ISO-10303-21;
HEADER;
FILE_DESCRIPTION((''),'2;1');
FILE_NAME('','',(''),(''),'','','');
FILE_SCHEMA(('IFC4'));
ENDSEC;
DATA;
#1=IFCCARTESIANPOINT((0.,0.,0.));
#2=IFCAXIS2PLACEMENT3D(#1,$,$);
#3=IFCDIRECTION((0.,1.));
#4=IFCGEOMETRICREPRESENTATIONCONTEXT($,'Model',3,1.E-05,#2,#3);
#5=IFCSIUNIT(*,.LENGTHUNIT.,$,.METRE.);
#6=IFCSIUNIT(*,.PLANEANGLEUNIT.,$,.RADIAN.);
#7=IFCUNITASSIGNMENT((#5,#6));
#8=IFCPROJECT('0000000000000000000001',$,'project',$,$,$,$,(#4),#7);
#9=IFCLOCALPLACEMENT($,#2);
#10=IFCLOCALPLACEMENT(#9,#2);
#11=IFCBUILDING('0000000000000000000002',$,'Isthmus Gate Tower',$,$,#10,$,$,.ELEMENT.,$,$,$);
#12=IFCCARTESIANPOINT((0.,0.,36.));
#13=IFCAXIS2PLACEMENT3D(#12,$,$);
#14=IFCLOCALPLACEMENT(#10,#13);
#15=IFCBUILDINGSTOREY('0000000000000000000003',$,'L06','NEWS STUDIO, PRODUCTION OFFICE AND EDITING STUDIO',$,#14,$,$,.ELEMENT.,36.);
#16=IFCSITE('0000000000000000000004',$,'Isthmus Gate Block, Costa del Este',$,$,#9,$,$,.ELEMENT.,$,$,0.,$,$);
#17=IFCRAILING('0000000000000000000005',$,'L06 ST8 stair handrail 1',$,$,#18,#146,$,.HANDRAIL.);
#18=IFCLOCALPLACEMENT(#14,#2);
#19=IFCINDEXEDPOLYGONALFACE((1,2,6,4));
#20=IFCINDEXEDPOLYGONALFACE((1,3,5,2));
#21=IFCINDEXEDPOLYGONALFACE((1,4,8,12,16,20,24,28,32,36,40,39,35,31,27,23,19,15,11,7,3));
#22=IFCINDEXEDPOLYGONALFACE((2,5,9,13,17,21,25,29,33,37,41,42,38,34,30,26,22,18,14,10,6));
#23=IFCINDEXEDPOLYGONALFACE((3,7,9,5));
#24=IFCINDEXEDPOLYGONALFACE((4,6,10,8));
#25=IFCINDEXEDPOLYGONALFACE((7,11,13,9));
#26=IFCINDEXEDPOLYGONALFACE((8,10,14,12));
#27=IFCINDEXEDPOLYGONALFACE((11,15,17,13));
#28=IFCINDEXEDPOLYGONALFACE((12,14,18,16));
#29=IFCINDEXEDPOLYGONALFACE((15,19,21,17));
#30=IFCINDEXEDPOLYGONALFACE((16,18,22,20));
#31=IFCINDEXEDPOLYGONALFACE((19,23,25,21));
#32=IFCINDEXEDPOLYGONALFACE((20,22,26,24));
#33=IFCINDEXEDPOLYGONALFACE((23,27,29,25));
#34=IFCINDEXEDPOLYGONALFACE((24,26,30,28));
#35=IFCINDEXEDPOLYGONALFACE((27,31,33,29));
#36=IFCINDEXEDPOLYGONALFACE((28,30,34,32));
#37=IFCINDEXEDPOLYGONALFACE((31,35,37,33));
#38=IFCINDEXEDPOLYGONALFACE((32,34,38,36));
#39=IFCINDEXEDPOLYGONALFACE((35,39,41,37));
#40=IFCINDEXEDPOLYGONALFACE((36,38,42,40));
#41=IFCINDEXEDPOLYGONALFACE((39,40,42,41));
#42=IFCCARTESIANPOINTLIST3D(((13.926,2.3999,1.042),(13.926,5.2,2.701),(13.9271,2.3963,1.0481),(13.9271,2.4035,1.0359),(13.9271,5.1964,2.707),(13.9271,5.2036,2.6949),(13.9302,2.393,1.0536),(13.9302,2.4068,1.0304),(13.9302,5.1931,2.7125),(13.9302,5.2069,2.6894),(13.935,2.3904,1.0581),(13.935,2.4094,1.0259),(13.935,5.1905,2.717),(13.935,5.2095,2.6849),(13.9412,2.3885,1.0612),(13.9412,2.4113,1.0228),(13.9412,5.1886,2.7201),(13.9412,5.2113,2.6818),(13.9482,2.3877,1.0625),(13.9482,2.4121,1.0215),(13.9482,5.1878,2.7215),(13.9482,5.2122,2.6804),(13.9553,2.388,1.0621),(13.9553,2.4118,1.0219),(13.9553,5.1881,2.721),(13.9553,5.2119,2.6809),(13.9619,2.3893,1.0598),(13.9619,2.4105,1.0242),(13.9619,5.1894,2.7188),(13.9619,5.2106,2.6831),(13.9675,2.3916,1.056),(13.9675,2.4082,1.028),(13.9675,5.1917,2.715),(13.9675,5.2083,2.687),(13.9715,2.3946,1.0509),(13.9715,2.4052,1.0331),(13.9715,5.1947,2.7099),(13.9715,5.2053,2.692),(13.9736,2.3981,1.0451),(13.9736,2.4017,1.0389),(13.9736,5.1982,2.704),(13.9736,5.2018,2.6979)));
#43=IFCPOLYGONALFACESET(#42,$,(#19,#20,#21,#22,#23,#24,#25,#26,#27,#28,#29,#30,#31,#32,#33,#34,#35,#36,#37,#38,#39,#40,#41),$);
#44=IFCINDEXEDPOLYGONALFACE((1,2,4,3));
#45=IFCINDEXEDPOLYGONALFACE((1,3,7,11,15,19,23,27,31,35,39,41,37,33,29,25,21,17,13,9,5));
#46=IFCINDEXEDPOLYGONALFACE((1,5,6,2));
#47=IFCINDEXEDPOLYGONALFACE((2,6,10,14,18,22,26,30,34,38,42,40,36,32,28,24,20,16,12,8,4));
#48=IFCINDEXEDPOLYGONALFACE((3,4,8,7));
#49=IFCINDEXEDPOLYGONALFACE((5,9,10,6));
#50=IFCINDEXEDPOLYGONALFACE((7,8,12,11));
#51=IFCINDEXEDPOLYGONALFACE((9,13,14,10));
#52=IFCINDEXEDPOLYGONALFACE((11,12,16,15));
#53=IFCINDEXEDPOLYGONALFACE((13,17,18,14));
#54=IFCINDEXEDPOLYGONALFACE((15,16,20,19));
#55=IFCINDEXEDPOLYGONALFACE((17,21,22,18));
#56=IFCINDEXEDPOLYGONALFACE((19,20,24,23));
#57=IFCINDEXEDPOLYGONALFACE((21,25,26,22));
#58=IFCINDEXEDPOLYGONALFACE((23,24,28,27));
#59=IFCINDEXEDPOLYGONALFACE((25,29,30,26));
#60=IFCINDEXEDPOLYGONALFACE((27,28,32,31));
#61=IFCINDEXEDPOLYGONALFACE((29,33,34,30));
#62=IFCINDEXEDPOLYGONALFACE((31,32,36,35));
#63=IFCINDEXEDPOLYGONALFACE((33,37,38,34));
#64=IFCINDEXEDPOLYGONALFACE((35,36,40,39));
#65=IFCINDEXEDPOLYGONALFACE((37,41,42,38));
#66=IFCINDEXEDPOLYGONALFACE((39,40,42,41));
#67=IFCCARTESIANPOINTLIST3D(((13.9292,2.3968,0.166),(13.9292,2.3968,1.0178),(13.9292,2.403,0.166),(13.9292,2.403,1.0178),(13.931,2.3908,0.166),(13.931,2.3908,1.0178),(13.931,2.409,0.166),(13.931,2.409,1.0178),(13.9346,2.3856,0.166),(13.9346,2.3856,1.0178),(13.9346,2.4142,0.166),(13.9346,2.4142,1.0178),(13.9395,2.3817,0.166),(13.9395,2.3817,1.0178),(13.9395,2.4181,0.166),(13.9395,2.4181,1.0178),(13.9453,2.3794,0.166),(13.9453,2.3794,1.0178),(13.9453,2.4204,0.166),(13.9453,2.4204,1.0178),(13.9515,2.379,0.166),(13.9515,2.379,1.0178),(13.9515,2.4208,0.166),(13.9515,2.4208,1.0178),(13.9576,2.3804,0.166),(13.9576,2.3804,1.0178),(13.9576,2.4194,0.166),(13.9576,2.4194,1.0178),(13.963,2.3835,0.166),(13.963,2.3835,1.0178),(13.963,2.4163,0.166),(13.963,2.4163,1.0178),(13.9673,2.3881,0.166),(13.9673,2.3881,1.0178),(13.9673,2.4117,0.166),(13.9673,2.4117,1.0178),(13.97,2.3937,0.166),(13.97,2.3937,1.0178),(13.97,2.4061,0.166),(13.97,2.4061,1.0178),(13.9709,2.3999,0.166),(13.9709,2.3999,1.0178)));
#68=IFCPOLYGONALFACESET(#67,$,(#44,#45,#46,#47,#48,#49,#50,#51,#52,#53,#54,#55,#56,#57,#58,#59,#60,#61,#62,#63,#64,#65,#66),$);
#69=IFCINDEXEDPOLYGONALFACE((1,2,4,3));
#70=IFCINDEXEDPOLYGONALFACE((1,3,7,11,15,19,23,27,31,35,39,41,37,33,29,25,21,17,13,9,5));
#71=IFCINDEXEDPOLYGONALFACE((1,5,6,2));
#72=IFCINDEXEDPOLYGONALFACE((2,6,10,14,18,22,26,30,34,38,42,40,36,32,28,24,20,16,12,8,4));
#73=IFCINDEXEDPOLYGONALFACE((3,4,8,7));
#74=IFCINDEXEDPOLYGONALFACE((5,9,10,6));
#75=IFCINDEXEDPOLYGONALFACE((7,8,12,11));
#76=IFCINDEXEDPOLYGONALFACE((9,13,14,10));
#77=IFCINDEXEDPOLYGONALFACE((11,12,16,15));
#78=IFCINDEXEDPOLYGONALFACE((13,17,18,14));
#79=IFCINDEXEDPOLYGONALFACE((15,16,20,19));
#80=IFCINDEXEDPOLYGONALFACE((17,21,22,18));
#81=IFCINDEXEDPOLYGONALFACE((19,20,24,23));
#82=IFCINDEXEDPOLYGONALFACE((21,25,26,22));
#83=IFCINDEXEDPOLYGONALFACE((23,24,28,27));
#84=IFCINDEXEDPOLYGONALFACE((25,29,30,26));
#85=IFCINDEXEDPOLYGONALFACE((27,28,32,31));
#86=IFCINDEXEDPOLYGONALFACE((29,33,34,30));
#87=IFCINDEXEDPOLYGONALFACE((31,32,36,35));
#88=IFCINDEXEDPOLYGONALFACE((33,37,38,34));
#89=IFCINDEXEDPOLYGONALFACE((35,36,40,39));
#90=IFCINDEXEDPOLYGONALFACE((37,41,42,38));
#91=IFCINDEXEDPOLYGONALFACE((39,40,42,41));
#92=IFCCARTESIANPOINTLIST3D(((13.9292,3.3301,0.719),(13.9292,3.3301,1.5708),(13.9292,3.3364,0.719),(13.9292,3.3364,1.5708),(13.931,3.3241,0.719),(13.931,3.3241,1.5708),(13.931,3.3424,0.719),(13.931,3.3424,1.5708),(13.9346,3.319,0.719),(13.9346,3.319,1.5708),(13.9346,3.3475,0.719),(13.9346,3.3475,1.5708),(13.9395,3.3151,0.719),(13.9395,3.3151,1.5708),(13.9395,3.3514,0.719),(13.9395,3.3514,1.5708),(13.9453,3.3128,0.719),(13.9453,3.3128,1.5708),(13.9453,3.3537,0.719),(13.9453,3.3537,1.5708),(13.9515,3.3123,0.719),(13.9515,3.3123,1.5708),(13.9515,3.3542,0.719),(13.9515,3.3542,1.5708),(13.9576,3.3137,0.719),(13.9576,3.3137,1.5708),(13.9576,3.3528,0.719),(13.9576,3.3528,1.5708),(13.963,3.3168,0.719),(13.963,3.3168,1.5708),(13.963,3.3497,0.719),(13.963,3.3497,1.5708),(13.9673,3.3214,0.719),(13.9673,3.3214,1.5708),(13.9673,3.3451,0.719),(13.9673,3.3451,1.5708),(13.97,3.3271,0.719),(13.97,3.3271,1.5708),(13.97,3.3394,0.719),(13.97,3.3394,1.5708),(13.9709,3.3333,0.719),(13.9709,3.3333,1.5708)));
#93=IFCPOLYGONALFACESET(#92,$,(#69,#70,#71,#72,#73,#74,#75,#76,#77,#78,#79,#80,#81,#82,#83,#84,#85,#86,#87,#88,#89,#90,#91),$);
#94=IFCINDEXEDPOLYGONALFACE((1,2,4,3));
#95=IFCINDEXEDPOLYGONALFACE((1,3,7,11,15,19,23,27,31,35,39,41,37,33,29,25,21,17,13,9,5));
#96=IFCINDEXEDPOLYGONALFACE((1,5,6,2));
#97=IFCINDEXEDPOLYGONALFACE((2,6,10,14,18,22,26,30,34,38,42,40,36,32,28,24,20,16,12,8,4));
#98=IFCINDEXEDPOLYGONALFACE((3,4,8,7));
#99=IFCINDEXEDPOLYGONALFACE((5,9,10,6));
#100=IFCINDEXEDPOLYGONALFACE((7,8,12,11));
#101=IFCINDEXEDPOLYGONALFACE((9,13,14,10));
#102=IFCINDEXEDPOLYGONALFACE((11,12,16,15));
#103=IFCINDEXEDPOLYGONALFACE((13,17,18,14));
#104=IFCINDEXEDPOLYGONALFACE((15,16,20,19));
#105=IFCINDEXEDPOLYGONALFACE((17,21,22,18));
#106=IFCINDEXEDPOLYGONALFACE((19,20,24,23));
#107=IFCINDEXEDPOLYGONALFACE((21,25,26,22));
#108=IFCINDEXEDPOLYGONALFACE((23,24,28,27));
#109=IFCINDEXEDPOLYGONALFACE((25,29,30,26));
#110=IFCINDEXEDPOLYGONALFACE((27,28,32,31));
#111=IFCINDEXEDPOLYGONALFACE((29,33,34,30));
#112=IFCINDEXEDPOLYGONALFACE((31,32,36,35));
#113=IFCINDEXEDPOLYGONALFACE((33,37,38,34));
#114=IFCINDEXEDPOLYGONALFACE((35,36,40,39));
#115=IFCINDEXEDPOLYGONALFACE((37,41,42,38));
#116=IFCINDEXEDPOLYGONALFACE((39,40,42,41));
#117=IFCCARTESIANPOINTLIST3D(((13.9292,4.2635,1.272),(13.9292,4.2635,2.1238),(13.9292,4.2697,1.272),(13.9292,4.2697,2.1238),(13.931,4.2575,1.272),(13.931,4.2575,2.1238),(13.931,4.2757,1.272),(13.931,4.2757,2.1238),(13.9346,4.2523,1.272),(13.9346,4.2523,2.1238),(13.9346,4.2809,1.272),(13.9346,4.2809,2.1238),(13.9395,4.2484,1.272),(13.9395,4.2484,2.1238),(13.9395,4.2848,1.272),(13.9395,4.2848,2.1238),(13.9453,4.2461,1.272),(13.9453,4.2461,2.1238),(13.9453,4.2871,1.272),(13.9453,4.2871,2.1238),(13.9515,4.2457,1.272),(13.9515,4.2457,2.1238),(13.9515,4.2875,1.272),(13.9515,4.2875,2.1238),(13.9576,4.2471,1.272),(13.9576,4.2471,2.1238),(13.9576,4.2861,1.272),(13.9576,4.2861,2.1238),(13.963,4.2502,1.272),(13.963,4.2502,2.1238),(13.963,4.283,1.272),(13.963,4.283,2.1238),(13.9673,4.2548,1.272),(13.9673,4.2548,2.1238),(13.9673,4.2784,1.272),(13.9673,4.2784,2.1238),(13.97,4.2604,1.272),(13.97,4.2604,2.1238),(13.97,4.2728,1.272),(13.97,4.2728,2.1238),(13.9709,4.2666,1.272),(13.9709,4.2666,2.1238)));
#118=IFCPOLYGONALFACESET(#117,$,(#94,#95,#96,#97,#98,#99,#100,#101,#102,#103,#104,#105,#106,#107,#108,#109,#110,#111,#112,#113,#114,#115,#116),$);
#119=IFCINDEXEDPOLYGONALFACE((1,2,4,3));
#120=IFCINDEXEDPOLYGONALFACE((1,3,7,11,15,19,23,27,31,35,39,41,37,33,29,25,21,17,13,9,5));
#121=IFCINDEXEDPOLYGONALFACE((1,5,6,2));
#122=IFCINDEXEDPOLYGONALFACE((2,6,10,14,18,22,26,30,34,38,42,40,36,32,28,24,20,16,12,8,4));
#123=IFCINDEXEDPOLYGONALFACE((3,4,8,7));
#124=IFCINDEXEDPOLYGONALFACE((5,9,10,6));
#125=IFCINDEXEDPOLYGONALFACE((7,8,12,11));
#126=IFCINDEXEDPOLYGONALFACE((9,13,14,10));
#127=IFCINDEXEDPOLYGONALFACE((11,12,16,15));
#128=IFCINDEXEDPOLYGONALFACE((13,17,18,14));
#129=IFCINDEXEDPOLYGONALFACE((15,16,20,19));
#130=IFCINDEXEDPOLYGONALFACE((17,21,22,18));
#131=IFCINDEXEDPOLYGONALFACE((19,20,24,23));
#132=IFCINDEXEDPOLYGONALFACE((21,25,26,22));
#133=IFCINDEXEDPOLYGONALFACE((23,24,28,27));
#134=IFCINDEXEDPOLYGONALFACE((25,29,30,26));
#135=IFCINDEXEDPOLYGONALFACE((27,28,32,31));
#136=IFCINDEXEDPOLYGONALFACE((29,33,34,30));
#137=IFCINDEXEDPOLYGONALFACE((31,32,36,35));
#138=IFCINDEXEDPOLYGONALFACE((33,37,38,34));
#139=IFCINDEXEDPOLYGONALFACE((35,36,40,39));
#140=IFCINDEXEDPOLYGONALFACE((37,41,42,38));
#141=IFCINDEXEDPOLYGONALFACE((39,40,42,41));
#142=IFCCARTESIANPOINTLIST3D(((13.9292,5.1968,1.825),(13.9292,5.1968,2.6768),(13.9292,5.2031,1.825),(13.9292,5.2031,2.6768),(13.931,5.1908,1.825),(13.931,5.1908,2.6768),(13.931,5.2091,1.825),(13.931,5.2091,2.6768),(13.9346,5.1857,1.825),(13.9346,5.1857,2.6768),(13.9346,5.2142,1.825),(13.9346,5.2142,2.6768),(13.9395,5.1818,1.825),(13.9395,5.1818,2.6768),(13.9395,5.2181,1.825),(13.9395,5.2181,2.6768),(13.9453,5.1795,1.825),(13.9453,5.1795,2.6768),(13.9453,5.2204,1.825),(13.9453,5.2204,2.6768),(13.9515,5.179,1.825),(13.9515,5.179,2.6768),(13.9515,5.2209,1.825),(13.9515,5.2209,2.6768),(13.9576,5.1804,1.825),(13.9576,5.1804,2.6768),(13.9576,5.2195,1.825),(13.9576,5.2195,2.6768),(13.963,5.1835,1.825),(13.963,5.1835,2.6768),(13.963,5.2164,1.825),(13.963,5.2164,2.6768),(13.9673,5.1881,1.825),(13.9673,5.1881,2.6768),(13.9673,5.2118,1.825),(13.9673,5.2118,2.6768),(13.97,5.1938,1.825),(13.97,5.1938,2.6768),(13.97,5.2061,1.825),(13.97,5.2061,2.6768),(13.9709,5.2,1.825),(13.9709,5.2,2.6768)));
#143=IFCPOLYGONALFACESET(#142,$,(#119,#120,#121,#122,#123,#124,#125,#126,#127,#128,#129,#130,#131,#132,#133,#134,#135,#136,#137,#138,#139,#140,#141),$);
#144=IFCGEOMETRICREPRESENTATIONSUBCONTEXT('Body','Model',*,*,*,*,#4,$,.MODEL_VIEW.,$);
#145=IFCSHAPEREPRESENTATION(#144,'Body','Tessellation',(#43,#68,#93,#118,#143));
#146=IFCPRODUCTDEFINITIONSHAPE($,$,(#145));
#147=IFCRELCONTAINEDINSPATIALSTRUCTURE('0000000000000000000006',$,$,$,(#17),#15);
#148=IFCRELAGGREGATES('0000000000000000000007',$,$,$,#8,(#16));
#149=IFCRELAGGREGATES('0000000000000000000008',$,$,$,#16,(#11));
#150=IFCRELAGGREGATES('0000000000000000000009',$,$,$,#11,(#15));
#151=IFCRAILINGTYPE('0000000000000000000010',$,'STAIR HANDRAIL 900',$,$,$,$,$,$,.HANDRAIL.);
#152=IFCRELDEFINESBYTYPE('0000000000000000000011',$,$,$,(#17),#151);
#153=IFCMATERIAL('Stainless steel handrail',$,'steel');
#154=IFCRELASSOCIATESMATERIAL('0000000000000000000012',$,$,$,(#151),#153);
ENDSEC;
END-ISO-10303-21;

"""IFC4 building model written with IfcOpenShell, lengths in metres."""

from ifc_helpers import new_model, si_unit, direction, frame, origin, origin_2d, place, context, subcontext, project, spatial, circle, extrude, material, type_object, element, save


model = new_model("IFC4")

# Units and contexts
model_context = context("Model", 3, precision=1e-05, world=origin(), true_north=direction((0.0, 1.0)))
body_context = subcontext(model_context, "Body", "Model", "MODEL_VIEW")
ifc_project = project(units=[si_unit("LENGTHUNIT", "METRE"), si_unit("PLANEANGLEUNIT", "RADIAN")], contexts=[model_context])

# Site, building, storey
site_placement = place(None, origin())
site = spatial("IfcSite", under=ifc_project, at=site_placement, Name="Isthmus Gate Block, Costa del Este", CompositionType="ELEMENT", RefElevation=0.0)
building_placement = place(site_placement, origin())
building = spatial("IfcBuilding", under=site, at=building_placement, Name="Isthmus Gate Tower", CompositionType="ELEMENT")
storey_placement = place(building_placement, frame((0.0, 0.0, 36.0)))
storey = spatial("IfcBuildingStorey", under=building, at=storey_placement, Name="L06", Description="NEWS STUDIO, PRODUCTION OFFICE AND EDITING STUDIO", CompositionType="ELEMENT", Elevation=36.0)

# Railing
ifc_material_1 = material(Name="Stainless steel handrail", Category="steel")
railing_type_1 = type_object("IfcRailingType", Name="STAIR HANDRAIL 900", PredefinedType="HANDRAIL", material=ifc_material_1)
for number, where, name in (
    (1, (13.95, 2.3999, 0.166), "L06 ST8 stair handrail 1"),
):
    element("IfcRailing", number, at=place(storey_placement, frame(where)), inside=storey, type_object=railing_type_1, Name=name, PredefinedType="HANDRAIL", context=body_context, shape_type="SweptSolid", body=[
        extrude(circle(Radius=0.0239, at=origin_2d()), frame((0.0, 0.0, 0.876), z_axis=(0.0, 0.860339, 0.509722), x_axis=(-1.0, 0.0, 0.0)), (0.0, 0.0, 1.0), 3.2546),
        extrude(circle(Radius=0.021, at=origin_2d()), origin(), (0.0, 0.0, 1.0), 0.8518),
        extrude(circle(Radius=0.021, at=origin_2d()), frame((0.0, 0.9333, 0.553)), (0.0, 0.0, 1.0), 0.8518),
        extrude(circle(Radius=0.021, at=origin_2d()), frame((0.0, 1.8667, 1.106)), (0.0, 0.0, 1.0), 0.8518),
        extrude(circle(Radius=0.021, at=origin_2d()), frame((0.0, 2.8, 1.6589)), (0.0, 0.0, 1.0), 0.8518),
    ])

save(model, "model.ifc")
